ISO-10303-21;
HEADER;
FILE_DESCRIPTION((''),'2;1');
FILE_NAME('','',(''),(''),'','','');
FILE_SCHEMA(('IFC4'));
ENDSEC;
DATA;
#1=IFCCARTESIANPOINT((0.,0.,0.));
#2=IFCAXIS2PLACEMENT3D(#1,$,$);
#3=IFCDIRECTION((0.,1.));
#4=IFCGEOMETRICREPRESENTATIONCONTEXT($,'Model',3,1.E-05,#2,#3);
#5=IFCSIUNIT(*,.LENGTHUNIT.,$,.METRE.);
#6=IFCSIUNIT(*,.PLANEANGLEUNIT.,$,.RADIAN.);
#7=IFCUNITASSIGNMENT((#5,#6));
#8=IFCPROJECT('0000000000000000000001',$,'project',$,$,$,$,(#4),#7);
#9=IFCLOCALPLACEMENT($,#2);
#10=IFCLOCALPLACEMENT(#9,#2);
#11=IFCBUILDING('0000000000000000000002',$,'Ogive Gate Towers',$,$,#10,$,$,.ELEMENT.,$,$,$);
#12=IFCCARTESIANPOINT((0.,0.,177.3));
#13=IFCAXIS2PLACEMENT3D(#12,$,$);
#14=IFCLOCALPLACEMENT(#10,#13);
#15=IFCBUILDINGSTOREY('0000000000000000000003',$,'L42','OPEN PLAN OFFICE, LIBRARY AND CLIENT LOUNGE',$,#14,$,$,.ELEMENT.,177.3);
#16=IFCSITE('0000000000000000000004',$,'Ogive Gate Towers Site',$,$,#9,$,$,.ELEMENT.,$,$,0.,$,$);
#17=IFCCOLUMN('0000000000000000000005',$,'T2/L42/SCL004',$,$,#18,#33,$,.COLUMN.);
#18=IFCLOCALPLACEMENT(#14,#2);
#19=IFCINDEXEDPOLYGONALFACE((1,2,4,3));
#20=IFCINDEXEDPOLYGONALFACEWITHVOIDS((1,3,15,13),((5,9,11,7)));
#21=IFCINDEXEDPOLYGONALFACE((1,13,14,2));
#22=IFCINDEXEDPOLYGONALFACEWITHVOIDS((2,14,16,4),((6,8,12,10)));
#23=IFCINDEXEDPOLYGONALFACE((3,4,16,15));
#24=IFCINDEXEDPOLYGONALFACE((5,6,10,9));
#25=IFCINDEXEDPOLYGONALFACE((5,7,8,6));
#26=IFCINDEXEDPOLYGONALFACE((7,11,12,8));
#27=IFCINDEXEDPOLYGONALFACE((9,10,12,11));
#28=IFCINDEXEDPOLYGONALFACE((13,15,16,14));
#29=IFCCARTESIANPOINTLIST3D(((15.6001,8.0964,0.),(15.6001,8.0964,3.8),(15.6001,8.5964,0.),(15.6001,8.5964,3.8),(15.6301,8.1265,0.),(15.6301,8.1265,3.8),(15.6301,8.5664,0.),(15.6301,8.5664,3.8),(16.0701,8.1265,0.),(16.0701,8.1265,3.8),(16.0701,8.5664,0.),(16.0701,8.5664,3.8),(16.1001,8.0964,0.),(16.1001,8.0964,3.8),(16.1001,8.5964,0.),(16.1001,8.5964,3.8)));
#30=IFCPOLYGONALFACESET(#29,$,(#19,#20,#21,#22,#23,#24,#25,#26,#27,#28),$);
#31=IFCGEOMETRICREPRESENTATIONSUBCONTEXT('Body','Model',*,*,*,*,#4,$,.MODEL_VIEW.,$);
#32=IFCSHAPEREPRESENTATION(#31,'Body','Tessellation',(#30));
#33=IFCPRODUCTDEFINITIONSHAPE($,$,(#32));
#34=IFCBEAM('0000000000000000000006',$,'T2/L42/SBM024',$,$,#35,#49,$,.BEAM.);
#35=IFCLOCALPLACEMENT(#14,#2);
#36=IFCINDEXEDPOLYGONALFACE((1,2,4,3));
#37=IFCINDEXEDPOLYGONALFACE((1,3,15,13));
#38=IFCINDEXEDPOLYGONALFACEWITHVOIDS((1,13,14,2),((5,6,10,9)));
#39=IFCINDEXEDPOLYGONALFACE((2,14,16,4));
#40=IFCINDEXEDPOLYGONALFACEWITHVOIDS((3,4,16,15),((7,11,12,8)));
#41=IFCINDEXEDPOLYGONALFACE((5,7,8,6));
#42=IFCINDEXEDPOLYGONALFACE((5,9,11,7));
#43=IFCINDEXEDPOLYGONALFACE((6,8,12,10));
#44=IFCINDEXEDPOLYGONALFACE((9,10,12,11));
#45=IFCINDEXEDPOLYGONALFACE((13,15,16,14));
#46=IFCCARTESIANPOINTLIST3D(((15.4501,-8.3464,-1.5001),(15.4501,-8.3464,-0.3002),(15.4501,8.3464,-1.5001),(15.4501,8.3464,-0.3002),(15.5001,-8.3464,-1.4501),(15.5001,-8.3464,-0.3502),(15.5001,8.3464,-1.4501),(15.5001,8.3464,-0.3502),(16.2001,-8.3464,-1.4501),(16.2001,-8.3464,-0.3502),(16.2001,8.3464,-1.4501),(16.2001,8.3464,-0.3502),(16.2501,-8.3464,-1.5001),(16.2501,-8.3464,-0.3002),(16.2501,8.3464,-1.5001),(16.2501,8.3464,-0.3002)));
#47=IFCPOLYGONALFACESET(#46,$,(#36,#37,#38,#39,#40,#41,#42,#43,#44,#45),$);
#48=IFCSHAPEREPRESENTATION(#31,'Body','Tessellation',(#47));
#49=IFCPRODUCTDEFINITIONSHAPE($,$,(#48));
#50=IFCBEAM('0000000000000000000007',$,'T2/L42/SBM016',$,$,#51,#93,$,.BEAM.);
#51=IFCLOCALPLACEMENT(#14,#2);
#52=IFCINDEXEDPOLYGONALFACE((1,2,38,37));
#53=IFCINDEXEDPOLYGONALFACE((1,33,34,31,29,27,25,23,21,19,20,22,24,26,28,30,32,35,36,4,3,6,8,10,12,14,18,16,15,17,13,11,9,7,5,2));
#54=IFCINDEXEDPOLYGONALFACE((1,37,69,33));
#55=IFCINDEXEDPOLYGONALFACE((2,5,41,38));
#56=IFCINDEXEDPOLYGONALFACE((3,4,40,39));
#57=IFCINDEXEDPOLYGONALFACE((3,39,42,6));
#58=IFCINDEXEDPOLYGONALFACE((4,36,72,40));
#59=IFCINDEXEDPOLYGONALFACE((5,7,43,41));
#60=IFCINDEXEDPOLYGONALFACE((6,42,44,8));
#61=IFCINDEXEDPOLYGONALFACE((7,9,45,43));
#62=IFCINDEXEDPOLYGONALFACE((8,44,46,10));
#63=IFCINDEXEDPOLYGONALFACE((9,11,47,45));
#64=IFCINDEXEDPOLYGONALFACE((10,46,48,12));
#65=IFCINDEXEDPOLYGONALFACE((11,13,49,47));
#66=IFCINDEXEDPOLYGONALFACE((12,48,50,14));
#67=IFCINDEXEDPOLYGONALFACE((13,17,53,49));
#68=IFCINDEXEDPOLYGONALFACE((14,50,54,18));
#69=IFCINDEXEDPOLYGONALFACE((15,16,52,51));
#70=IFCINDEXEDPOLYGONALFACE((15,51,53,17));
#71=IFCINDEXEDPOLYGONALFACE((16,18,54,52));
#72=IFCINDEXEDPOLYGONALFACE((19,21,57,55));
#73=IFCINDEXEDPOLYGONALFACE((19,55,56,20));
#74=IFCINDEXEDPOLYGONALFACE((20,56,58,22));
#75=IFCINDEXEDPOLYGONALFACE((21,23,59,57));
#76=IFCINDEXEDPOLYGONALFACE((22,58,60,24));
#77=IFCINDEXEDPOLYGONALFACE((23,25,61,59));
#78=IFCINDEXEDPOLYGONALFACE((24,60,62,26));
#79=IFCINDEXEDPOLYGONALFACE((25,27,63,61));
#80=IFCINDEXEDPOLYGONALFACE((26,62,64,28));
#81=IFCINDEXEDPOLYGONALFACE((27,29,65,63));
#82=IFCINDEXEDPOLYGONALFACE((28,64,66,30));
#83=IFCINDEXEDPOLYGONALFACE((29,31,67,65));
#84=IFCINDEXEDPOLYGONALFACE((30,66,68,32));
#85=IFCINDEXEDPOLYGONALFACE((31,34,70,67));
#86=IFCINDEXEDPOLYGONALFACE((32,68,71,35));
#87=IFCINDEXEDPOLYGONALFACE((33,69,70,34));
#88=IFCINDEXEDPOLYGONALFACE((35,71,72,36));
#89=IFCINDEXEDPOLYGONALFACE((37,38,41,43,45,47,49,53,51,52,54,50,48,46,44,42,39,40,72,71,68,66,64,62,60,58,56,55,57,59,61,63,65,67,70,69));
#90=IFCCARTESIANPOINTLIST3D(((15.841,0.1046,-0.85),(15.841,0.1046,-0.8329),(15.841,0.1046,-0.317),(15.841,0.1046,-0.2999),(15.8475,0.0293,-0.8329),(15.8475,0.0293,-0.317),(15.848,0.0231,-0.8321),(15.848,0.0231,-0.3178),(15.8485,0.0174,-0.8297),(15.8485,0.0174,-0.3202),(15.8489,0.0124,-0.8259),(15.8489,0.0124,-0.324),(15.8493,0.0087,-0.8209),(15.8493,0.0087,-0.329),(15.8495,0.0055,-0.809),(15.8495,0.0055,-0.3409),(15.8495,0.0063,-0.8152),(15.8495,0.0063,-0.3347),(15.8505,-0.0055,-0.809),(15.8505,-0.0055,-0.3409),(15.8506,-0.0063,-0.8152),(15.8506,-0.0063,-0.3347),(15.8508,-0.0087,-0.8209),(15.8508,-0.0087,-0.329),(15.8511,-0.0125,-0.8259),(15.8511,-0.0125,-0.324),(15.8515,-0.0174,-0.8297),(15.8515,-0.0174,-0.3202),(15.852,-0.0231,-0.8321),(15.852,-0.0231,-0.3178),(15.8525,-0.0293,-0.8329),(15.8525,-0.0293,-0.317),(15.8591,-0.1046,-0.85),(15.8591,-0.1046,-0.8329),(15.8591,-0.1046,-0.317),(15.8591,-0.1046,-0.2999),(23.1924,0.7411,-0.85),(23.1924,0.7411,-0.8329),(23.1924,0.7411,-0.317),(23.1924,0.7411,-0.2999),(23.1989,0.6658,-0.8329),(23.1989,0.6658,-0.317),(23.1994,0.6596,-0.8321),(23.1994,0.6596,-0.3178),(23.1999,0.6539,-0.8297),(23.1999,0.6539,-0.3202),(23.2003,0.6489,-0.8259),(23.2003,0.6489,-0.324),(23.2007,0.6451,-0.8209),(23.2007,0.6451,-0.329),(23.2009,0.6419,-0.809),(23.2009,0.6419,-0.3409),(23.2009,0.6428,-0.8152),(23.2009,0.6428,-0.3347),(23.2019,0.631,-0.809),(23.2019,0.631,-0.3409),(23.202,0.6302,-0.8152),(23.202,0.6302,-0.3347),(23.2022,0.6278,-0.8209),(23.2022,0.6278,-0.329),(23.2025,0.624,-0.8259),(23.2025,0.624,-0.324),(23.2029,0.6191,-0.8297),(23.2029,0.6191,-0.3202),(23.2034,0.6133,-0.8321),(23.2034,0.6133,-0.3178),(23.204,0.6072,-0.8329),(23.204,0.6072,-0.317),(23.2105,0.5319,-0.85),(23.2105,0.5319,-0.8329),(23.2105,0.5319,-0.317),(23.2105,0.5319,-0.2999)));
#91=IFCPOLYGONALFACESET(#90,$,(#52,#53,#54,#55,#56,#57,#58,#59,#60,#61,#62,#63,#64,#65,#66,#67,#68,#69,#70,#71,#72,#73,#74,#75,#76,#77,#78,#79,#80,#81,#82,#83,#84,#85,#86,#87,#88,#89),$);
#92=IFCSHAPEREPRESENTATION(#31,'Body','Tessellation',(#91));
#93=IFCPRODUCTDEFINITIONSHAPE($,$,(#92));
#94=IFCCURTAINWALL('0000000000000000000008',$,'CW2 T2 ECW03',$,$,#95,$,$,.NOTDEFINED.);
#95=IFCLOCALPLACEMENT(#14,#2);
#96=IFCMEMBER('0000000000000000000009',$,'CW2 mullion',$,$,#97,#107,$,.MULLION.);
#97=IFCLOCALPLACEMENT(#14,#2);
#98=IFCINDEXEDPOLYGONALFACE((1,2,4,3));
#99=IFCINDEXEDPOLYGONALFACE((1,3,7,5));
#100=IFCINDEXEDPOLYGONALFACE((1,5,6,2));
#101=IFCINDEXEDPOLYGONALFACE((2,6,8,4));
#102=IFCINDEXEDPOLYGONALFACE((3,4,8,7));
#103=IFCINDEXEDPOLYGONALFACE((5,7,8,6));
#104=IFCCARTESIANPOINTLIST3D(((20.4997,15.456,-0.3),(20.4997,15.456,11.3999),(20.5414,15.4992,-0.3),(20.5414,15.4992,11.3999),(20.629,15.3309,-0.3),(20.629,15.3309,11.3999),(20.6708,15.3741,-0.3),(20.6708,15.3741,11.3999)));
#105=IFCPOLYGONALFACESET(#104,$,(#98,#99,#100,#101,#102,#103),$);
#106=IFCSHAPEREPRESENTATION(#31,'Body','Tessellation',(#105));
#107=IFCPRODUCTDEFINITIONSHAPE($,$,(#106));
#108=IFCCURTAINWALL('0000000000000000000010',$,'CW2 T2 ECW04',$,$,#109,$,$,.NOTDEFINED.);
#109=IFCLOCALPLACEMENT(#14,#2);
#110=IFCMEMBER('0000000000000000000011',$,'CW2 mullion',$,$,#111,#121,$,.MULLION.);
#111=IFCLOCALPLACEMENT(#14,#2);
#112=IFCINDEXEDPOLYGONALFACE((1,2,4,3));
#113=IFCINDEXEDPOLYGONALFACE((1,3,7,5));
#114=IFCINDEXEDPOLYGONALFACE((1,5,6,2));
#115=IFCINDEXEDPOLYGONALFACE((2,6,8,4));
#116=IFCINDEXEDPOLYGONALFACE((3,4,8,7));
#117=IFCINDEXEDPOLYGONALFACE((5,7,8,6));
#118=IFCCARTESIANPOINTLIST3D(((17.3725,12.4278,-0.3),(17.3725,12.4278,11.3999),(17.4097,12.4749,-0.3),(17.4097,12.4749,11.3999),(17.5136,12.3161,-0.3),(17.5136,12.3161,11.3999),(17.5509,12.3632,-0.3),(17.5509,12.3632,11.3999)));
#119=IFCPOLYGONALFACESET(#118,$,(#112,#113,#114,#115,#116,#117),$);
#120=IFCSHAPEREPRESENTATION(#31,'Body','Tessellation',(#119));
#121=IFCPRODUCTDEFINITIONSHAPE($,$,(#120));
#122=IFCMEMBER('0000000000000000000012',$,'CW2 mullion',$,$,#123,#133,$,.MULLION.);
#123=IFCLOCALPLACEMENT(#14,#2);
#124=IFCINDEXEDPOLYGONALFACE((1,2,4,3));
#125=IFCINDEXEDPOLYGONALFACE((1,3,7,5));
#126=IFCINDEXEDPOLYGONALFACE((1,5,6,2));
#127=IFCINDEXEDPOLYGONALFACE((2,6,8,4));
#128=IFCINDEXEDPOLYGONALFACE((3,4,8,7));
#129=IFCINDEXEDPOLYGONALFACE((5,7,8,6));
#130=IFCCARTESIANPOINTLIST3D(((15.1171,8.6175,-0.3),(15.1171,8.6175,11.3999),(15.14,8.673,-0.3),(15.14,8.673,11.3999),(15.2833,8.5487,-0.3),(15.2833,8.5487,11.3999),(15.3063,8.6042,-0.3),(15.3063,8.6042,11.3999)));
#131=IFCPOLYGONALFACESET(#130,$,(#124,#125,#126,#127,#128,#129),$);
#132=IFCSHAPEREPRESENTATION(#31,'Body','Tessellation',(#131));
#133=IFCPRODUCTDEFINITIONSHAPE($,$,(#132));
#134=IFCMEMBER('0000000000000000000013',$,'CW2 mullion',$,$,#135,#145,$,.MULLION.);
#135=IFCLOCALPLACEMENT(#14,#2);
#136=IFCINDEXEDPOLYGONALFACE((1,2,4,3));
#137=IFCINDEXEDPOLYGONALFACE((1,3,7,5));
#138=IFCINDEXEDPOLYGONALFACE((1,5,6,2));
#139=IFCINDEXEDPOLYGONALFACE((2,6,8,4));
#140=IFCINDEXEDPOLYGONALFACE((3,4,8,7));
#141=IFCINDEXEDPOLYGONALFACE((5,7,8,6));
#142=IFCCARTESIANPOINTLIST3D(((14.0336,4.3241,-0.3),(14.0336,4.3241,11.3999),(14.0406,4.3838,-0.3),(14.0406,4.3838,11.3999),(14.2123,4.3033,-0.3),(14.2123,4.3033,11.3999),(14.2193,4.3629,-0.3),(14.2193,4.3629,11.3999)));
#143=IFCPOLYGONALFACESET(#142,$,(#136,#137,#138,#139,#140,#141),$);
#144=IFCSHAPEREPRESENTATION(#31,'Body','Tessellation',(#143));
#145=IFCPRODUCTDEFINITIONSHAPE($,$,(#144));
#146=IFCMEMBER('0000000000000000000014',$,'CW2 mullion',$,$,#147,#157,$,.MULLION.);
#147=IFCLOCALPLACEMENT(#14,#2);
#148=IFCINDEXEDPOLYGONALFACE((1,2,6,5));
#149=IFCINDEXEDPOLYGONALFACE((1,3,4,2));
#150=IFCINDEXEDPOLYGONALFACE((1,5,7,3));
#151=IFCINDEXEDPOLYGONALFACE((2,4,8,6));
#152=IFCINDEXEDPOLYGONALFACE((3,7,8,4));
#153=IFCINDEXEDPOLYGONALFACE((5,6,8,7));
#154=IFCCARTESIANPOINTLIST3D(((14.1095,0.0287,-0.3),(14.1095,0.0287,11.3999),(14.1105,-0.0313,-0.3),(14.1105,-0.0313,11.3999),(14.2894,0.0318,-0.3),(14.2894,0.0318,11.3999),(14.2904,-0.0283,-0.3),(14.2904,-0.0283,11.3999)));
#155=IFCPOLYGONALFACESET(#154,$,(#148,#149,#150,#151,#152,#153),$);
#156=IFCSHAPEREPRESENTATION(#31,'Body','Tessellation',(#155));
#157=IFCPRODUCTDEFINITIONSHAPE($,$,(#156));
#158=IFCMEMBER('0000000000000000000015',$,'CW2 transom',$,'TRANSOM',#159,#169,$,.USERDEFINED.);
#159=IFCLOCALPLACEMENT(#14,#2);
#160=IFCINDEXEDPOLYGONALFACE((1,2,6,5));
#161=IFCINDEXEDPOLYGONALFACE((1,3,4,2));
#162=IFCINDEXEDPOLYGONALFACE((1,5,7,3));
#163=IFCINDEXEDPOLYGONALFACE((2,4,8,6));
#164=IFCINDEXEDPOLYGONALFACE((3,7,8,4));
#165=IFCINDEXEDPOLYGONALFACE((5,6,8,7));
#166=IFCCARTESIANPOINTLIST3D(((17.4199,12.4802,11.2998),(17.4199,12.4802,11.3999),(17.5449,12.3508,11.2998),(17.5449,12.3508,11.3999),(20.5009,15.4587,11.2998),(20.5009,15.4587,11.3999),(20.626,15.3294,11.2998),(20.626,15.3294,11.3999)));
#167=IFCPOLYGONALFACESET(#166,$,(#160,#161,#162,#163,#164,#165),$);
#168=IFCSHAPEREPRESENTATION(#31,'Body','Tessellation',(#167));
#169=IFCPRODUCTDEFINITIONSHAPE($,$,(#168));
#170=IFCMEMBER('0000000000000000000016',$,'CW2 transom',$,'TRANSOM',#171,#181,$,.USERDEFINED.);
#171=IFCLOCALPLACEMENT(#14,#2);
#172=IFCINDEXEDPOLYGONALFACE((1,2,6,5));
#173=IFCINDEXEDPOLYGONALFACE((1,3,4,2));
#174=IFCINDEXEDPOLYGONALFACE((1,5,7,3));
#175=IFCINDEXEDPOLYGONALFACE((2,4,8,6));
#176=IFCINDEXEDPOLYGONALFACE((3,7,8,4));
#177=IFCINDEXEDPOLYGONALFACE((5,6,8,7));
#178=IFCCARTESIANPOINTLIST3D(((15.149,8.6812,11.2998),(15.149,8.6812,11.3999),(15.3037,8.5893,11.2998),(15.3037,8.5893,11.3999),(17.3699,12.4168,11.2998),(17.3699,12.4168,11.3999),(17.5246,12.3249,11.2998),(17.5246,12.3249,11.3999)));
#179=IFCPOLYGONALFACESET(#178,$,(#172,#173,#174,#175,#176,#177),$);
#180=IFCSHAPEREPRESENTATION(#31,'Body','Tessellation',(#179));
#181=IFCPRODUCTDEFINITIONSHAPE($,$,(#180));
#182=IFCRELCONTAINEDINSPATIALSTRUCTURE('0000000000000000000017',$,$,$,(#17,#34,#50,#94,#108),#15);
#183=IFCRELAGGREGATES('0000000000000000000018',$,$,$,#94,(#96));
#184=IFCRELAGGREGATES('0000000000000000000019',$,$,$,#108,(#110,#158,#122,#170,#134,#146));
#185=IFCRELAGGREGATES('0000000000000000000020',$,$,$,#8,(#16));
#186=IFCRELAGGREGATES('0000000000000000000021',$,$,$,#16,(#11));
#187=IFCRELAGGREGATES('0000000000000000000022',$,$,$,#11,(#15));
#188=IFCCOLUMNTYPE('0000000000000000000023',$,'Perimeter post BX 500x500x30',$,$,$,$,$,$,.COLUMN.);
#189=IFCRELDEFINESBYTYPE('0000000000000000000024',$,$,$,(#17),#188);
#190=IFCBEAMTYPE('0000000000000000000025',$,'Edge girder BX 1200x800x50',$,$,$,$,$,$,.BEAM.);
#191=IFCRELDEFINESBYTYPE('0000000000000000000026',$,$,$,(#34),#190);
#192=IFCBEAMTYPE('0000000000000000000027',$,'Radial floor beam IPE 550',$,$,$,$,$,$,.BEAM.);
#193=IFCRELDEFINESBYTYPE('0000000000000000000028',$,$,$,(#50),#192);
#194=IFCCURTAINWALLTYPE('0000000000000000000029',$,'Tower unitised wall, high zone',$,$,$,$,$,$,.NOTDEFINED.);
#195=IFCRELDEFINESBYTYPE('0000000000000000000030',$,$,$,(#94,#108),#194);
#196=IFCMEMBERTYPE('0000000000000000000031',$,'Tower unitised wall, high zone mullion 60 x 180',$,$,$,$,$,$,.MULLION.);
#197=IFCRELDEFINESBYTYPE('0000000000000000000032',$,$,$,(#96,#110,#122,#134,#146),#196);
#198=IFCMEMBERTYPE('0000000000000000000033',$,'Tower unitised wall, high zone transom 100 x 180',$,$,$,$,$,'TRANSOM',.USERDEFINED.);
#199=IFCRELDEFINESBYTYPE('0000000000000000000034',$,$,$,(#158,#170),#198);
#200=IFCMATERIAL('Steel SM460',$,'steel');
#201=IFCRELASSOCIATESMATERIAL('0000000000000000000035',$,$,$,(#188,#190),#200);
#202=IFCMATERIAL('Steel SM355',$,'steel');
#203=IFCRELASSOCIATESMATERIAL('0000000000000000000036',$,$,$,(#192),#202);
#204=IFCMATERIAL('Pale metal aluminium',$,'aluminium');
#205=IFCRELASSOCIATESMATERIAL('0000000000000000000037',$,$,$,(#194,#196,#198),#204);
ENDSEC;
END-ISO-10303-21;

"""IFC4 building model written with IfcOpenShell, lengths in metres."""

from ifc_helpers import new_model, si_unit, direction, frame, origin, origin_2d, place, context, subcontext, project, spatial, rectangle, hollow_rectangle, i_section, extrude, material, material_profile, profile_set, type_object, element, aggregate, save


model = new_model("IFC4")

# Units and contexts
model_context = context("Model", 3, precision=1e-05, world=origin(), true_north=direction((0.0, 1.0)))
body_context = subcontext(model_context, "Body", "Model", "MODEL_VIEW")
ifc_project = project(units=[si_unit("LENGTHUNIT", "METRE"), si_unit("PLANEANGLEUNIT", "RADIAN")], contexts=[model_context])

# Site, building, storey
site_placement = place(None, origin())
site = spatial("IfcSite", under=ifc_project, at=site_placement, Name="Ogive Gate Towers Site", CompositionType="ELEMENT", RefElevation=0.0)
building_placement = place(site_placement, origin())
building = spatial("IfcBuilding", under=site, at=building_placement, Name="Ogive Gate Towers", CompositionType="ELEMENT")
storey_placement = place(building_placement, frame((0.0, 0.0, 177.3)))
storey = spatial("IfcBuildingStorey", under=building, at=storey_placement, Name="L42", Description="OPEN PLAN OFFICE, LIBRARY AND CLIENT LOUNGE", CompositionType="ELEMENT", Elevation=177.3)

# Column
ifc_material_1 = material(Name="Steel SM460", Category="steel")
ifc_material_profile_1 = material_profile(ifc_material_1, hollow_rectangle(XDim=0.5, YDim=0.5, WallThickness=0.03, at=origin_2d()), Name="BX 500x500x30")
ifc_profile_set_1 = profile_set([ifc_material_profile_1], Name="Steel SM460")
column_type = type_object("IfcColumnType", Name="Perimeter post BX 500x500x30", PredefinedType="COLUMN", material=ifc_profile_set_1)
column_placement = place(storey_placement, frame((15.8501, 8.3464, 0.0), z_axis=(0.0, 0.0, 1.0), x_axis=(1.0, 0.0, 0.0)))
element("IfcColumn", 1, at=column_placement, inside=storey, type_object=column_type, Name="T2/L42/SCL004", PredefinedType="COLUMN", context=body_context, shape_type="SweptSolid", body=[
    extrude(hollow_rectangle(XDim=0.5, YDim=0.5, WallThickness=0.03, at=origin_2d()), origin(), (0.0, 0.0, 1.0), 3.8),
])

# Beams
ifc_material_profile_2 = material_profile(ifc_material_1, hollow_rectangle(XDim=0.8, YDim=1.2, WallThickness=0.05, at=origin_2d()), Name="BX 1200x800x50")
ifc_profile_set_2 = profile_set([ifc_material_profile_2], Name="Steel SM460")
beam_type_1 = type_object("IfcBeamType", Name="Edge girder BX 1200x800x50", PredefinedType="BEAM", material=ifc_profile_set_2)
beam_1_placement = place(storey_placement, frame((15.8501, 8.3464, -0.9001), z_axis=(0.0, -1.0, 0.0), x_axis=(1.0, 0.0, 0.0)))
element("IfcBeam", 2, at=beam_1_placement, inside=storey, type_object=beam_type_1, Name="T2/L42/SBM024", PredefinedType="BEAM", context=body_context, shape_type="SweptSolid", body=[
    extrude(hollow_rectangle(XDim=0.8, YDim=1.2, WallThickness=0.05, at=origin_2d()), origin(), (0.0, 0.0, 1.0), 16.6929),
])
ifc_material_2 = material(Name="Steel SM355", Category="steel")
ifc_material_profile_3 = material_profile(ifc_material_2, i_section(OverallWidth=0.21, OverallDepth=0.55, WebThickness=0.011, FlangeThickness=0.0171, FilletRadius=0.0239, at=origin_2d()), Name="IPE 550")
ifc_profile_set_3 = profile_set([ifc_material_profile_3], Name="Steel SM355")
beam_type_2 = type_object("IfcBeamType", Name="Radial floor beam IPE 550", PredefinedType="BEAM", material=ifc_profile_set_3)
beam_2_placement = place(storey_placement, frame((23.2014, 0.6365, -0.575), z_axis=(-0.996273, -0.086257, 0.0), x_axis=(0.086257, -0.996273, 0.0)))
element("IfcBeam", 3, at=beam_2_placement, inside=storey, type_object=beam_type_2, Name="T2/L42/SBM016", PredefinedType="BEAM", context=body_context, shape_type="SweptSolid", body=[
    extrude(i_section(OverallWidth=0.21, OverallDepth=0.55, WebThickness=0.011, FlangeThickness=0.0171, FilletRadius=0.0239, at=origin_2d()), origin(), (0.0, 0.0, 1.0), 7.3789),
])

# Curtain wall, member
ifc_material_3 = material(Name="Pale metal aluminium", Category="aluminium")
curtain_wall_type = type_object("IfcCurtainWallType", Name="Tower unitised wall, high zone", PredefinedType="NOTDEFINED", material=ifc_material_3)
curtain_wall_1_placement = place(storey_placement, origin())
curtain_wall_1 = element("IfcCurtainWall", 4, at=curtain_wall_1_placement, inside=storey, type_object=curtain_wall_type, Name="CW2 T2 ECW03", PredefinedType="NOTDEFINED")
ifc_material_profile_4 = material_profile(ifc_material_3, rectangle(XDim=0.1799, YDim=0.0601, at=origin_2d()), Name="60 x 180 aluminium box")
ifc_profile_set_4 = profile_set([ifc_material_profile_4], Name="Pale metal aluminium")
member_type_1 = type_object("IfcMemberType", Name="Tower unitised wall, high zone mullion 60 x 180", PredefinedType="MULLION", material=ifc_profile_set_4)
member_1_placement = place(storey_placement, frame((20.5852, 15.415, -0.3), z_axis=(0.0, 0.0, 1.0), x_axis=(-0.718964, 0.695047, 0.0)))
member_1 = element("IfcMember", 5, at=member_1_placement, type_object=member_type_1, Name="CW2 mullion", PredefinedType="MULLION", context=body_context, shape_type="SweptSolid", body=[
    extrude(rectangle(XDim=0.1799, YDim=0.0601, at=origin_2d()), origin(), (0.0, 0.0, 1.0), 11.7),
])

# Curtain wall, members
curtain_wall_2_placement = place(storey_placement, origin())
curtain_wall_2 = element("IfcCurtainWall", 6, at=curtain_wall_2_placement, inside=storey, type_object=curtain_wall_type, Name="CW2 T2 ECW04", PredefinedType="NOTDEFINED")
member_2_placement = place(storey_placement, frame((17.4617, 12.3955, -0.3), z_axis=(0.0, 0.0, 1.0), x_axis=(-0.784235, 0.620464, 0.0)))
member_2 = element("IfcMember", 7, at=member_2_placement, type_object=member_type_1, Name="CW2 mullion", PredefinedType="MULLION", context=body_context, shape_type="SweptSolid", body=[
    extrude(rectangle(XDim=0.1799, YDim=0.0601, at=origin_2d()), origin(), (0.0, 0.0, 1.0), 11.7),
])
member_3_placement = place(storey_placement, frame((15.2117, 8.6108, -0.3), z_axis=(0.0, 0.0, 1.0), x_axis=(-0.92388, 0.382683, 0.0)))
member_3 = element("IfcMember", 8, at=member_3_placement, type_object=member_type_1, Name="CW2 mullion", PredefinedType="MULLION", context=body_context, shape_type="SweptSolid", body=[
    extrude(rectangle(XDim=0.1799, YDim=0.0601, at=origin_2d()), origin(), (0.0, 0.0, 1.0), 11.7),
])
member_4_placement = place(storey_placement, frame((14.1265, 4.3435, -0.3), z_axis=(0.0, 0.0, 1.0), x_axis=(-0.993272, 0.115804, 0.0)))
member_4 = element("IfcMember", 9, at=member_4_placement, type_object=member_type_1, Name="CW2 mullion", PredefinedType="MULLION", context=body_context, shape_type="SweptSolid", body=[
    extrude(rectangle(XDim=0.1799, YDim=0.0601, at=origin_2d()), origin(), (0.0, 0.0, 1.0), 11.7),
])
member_5_placement = place(storey_placement, frame((14.2, 0.0002, -0.3), z_axis=(0.0, 0.0, 1.0), x_axis=(-0.999857, -0.016911, 0.0)))
member_5 = element("IfcMember", 10, at=member_5_placement, type_object=member_type_1, Name="CW2 mullion", PredefinedType="MULLION", context=body_context, shape_type="SweptSolid", body=[
    extrude(rectangle(XDim=0.1799, YDim=0.0601, at=origin_2d()), origin(), (0.0, 0.0, 1.0), 11.7),
])
ifc_material_profile_5 = material_profile(ifc_material_3, rectangle(XDim=0.1799, YDim=0.1001, at=origin_2d()), Name="100 x 180 aluminium box")
ifc_profile_set_5 = profile_set([ifc_material_profile_5], Name="Pale metal aluminium")
member_type_2 = type_object("IfcMemberType", Name="Tower unitised wall, high zone transom 100 x 180", ElementType="TRANSOM", PredefinedType="USERDEFINED", material=ifc_profile_set_5)
member_6_placement = place(storey_placement, frame((20.5635, 15.394, 11.3499), z_axis=(-0.718969, -0.695042, 0.0), x_axis=(0.695042, -0.718969, 0.0)))
member_6 = element("IfcMember", 11, at=member_6_placement, type_object=member_type_2, Name="CW2 transom", ObjectType="TRANSOM", PredefinedType="USERDEFINED", context=body_context, shape_type="SweptSolid", body=[
    extrude(rectangle(XDim=0.1799, YDim=0.1001, at=origin_2d()), origin(), (0.0, 0.0, 1.0), 4.2854),
])
member_7_placement = place(storey_placement, frame((17.4473, 12.3708, 11.3499), z_axis=(-0.511038, -0.859558, 0.0), x_axis=(0.859558, -0.511038, 0.0)))
member_7 = element("IfcMember", 12, at=member_7_placement, type_object=member_type_2, Name="CW2 transom", ObjectType="TRANSOM", PredefinedType="USERDEFINED", context=body_context, shape_type="SweptSolid", body=[
    extrude(rectangle(XDim=0.1799, YDim=0.1001, at=origin_2d()), origin(), (0.0, 0.0, 1.0), 4.3459),
])

aggregate(curtain_wall_1, [member_1])
aggregate(curtain_wall_2, [member_2, member_6, member_3, member_7, member_4, member_5])

save(model, "model.ifc")
